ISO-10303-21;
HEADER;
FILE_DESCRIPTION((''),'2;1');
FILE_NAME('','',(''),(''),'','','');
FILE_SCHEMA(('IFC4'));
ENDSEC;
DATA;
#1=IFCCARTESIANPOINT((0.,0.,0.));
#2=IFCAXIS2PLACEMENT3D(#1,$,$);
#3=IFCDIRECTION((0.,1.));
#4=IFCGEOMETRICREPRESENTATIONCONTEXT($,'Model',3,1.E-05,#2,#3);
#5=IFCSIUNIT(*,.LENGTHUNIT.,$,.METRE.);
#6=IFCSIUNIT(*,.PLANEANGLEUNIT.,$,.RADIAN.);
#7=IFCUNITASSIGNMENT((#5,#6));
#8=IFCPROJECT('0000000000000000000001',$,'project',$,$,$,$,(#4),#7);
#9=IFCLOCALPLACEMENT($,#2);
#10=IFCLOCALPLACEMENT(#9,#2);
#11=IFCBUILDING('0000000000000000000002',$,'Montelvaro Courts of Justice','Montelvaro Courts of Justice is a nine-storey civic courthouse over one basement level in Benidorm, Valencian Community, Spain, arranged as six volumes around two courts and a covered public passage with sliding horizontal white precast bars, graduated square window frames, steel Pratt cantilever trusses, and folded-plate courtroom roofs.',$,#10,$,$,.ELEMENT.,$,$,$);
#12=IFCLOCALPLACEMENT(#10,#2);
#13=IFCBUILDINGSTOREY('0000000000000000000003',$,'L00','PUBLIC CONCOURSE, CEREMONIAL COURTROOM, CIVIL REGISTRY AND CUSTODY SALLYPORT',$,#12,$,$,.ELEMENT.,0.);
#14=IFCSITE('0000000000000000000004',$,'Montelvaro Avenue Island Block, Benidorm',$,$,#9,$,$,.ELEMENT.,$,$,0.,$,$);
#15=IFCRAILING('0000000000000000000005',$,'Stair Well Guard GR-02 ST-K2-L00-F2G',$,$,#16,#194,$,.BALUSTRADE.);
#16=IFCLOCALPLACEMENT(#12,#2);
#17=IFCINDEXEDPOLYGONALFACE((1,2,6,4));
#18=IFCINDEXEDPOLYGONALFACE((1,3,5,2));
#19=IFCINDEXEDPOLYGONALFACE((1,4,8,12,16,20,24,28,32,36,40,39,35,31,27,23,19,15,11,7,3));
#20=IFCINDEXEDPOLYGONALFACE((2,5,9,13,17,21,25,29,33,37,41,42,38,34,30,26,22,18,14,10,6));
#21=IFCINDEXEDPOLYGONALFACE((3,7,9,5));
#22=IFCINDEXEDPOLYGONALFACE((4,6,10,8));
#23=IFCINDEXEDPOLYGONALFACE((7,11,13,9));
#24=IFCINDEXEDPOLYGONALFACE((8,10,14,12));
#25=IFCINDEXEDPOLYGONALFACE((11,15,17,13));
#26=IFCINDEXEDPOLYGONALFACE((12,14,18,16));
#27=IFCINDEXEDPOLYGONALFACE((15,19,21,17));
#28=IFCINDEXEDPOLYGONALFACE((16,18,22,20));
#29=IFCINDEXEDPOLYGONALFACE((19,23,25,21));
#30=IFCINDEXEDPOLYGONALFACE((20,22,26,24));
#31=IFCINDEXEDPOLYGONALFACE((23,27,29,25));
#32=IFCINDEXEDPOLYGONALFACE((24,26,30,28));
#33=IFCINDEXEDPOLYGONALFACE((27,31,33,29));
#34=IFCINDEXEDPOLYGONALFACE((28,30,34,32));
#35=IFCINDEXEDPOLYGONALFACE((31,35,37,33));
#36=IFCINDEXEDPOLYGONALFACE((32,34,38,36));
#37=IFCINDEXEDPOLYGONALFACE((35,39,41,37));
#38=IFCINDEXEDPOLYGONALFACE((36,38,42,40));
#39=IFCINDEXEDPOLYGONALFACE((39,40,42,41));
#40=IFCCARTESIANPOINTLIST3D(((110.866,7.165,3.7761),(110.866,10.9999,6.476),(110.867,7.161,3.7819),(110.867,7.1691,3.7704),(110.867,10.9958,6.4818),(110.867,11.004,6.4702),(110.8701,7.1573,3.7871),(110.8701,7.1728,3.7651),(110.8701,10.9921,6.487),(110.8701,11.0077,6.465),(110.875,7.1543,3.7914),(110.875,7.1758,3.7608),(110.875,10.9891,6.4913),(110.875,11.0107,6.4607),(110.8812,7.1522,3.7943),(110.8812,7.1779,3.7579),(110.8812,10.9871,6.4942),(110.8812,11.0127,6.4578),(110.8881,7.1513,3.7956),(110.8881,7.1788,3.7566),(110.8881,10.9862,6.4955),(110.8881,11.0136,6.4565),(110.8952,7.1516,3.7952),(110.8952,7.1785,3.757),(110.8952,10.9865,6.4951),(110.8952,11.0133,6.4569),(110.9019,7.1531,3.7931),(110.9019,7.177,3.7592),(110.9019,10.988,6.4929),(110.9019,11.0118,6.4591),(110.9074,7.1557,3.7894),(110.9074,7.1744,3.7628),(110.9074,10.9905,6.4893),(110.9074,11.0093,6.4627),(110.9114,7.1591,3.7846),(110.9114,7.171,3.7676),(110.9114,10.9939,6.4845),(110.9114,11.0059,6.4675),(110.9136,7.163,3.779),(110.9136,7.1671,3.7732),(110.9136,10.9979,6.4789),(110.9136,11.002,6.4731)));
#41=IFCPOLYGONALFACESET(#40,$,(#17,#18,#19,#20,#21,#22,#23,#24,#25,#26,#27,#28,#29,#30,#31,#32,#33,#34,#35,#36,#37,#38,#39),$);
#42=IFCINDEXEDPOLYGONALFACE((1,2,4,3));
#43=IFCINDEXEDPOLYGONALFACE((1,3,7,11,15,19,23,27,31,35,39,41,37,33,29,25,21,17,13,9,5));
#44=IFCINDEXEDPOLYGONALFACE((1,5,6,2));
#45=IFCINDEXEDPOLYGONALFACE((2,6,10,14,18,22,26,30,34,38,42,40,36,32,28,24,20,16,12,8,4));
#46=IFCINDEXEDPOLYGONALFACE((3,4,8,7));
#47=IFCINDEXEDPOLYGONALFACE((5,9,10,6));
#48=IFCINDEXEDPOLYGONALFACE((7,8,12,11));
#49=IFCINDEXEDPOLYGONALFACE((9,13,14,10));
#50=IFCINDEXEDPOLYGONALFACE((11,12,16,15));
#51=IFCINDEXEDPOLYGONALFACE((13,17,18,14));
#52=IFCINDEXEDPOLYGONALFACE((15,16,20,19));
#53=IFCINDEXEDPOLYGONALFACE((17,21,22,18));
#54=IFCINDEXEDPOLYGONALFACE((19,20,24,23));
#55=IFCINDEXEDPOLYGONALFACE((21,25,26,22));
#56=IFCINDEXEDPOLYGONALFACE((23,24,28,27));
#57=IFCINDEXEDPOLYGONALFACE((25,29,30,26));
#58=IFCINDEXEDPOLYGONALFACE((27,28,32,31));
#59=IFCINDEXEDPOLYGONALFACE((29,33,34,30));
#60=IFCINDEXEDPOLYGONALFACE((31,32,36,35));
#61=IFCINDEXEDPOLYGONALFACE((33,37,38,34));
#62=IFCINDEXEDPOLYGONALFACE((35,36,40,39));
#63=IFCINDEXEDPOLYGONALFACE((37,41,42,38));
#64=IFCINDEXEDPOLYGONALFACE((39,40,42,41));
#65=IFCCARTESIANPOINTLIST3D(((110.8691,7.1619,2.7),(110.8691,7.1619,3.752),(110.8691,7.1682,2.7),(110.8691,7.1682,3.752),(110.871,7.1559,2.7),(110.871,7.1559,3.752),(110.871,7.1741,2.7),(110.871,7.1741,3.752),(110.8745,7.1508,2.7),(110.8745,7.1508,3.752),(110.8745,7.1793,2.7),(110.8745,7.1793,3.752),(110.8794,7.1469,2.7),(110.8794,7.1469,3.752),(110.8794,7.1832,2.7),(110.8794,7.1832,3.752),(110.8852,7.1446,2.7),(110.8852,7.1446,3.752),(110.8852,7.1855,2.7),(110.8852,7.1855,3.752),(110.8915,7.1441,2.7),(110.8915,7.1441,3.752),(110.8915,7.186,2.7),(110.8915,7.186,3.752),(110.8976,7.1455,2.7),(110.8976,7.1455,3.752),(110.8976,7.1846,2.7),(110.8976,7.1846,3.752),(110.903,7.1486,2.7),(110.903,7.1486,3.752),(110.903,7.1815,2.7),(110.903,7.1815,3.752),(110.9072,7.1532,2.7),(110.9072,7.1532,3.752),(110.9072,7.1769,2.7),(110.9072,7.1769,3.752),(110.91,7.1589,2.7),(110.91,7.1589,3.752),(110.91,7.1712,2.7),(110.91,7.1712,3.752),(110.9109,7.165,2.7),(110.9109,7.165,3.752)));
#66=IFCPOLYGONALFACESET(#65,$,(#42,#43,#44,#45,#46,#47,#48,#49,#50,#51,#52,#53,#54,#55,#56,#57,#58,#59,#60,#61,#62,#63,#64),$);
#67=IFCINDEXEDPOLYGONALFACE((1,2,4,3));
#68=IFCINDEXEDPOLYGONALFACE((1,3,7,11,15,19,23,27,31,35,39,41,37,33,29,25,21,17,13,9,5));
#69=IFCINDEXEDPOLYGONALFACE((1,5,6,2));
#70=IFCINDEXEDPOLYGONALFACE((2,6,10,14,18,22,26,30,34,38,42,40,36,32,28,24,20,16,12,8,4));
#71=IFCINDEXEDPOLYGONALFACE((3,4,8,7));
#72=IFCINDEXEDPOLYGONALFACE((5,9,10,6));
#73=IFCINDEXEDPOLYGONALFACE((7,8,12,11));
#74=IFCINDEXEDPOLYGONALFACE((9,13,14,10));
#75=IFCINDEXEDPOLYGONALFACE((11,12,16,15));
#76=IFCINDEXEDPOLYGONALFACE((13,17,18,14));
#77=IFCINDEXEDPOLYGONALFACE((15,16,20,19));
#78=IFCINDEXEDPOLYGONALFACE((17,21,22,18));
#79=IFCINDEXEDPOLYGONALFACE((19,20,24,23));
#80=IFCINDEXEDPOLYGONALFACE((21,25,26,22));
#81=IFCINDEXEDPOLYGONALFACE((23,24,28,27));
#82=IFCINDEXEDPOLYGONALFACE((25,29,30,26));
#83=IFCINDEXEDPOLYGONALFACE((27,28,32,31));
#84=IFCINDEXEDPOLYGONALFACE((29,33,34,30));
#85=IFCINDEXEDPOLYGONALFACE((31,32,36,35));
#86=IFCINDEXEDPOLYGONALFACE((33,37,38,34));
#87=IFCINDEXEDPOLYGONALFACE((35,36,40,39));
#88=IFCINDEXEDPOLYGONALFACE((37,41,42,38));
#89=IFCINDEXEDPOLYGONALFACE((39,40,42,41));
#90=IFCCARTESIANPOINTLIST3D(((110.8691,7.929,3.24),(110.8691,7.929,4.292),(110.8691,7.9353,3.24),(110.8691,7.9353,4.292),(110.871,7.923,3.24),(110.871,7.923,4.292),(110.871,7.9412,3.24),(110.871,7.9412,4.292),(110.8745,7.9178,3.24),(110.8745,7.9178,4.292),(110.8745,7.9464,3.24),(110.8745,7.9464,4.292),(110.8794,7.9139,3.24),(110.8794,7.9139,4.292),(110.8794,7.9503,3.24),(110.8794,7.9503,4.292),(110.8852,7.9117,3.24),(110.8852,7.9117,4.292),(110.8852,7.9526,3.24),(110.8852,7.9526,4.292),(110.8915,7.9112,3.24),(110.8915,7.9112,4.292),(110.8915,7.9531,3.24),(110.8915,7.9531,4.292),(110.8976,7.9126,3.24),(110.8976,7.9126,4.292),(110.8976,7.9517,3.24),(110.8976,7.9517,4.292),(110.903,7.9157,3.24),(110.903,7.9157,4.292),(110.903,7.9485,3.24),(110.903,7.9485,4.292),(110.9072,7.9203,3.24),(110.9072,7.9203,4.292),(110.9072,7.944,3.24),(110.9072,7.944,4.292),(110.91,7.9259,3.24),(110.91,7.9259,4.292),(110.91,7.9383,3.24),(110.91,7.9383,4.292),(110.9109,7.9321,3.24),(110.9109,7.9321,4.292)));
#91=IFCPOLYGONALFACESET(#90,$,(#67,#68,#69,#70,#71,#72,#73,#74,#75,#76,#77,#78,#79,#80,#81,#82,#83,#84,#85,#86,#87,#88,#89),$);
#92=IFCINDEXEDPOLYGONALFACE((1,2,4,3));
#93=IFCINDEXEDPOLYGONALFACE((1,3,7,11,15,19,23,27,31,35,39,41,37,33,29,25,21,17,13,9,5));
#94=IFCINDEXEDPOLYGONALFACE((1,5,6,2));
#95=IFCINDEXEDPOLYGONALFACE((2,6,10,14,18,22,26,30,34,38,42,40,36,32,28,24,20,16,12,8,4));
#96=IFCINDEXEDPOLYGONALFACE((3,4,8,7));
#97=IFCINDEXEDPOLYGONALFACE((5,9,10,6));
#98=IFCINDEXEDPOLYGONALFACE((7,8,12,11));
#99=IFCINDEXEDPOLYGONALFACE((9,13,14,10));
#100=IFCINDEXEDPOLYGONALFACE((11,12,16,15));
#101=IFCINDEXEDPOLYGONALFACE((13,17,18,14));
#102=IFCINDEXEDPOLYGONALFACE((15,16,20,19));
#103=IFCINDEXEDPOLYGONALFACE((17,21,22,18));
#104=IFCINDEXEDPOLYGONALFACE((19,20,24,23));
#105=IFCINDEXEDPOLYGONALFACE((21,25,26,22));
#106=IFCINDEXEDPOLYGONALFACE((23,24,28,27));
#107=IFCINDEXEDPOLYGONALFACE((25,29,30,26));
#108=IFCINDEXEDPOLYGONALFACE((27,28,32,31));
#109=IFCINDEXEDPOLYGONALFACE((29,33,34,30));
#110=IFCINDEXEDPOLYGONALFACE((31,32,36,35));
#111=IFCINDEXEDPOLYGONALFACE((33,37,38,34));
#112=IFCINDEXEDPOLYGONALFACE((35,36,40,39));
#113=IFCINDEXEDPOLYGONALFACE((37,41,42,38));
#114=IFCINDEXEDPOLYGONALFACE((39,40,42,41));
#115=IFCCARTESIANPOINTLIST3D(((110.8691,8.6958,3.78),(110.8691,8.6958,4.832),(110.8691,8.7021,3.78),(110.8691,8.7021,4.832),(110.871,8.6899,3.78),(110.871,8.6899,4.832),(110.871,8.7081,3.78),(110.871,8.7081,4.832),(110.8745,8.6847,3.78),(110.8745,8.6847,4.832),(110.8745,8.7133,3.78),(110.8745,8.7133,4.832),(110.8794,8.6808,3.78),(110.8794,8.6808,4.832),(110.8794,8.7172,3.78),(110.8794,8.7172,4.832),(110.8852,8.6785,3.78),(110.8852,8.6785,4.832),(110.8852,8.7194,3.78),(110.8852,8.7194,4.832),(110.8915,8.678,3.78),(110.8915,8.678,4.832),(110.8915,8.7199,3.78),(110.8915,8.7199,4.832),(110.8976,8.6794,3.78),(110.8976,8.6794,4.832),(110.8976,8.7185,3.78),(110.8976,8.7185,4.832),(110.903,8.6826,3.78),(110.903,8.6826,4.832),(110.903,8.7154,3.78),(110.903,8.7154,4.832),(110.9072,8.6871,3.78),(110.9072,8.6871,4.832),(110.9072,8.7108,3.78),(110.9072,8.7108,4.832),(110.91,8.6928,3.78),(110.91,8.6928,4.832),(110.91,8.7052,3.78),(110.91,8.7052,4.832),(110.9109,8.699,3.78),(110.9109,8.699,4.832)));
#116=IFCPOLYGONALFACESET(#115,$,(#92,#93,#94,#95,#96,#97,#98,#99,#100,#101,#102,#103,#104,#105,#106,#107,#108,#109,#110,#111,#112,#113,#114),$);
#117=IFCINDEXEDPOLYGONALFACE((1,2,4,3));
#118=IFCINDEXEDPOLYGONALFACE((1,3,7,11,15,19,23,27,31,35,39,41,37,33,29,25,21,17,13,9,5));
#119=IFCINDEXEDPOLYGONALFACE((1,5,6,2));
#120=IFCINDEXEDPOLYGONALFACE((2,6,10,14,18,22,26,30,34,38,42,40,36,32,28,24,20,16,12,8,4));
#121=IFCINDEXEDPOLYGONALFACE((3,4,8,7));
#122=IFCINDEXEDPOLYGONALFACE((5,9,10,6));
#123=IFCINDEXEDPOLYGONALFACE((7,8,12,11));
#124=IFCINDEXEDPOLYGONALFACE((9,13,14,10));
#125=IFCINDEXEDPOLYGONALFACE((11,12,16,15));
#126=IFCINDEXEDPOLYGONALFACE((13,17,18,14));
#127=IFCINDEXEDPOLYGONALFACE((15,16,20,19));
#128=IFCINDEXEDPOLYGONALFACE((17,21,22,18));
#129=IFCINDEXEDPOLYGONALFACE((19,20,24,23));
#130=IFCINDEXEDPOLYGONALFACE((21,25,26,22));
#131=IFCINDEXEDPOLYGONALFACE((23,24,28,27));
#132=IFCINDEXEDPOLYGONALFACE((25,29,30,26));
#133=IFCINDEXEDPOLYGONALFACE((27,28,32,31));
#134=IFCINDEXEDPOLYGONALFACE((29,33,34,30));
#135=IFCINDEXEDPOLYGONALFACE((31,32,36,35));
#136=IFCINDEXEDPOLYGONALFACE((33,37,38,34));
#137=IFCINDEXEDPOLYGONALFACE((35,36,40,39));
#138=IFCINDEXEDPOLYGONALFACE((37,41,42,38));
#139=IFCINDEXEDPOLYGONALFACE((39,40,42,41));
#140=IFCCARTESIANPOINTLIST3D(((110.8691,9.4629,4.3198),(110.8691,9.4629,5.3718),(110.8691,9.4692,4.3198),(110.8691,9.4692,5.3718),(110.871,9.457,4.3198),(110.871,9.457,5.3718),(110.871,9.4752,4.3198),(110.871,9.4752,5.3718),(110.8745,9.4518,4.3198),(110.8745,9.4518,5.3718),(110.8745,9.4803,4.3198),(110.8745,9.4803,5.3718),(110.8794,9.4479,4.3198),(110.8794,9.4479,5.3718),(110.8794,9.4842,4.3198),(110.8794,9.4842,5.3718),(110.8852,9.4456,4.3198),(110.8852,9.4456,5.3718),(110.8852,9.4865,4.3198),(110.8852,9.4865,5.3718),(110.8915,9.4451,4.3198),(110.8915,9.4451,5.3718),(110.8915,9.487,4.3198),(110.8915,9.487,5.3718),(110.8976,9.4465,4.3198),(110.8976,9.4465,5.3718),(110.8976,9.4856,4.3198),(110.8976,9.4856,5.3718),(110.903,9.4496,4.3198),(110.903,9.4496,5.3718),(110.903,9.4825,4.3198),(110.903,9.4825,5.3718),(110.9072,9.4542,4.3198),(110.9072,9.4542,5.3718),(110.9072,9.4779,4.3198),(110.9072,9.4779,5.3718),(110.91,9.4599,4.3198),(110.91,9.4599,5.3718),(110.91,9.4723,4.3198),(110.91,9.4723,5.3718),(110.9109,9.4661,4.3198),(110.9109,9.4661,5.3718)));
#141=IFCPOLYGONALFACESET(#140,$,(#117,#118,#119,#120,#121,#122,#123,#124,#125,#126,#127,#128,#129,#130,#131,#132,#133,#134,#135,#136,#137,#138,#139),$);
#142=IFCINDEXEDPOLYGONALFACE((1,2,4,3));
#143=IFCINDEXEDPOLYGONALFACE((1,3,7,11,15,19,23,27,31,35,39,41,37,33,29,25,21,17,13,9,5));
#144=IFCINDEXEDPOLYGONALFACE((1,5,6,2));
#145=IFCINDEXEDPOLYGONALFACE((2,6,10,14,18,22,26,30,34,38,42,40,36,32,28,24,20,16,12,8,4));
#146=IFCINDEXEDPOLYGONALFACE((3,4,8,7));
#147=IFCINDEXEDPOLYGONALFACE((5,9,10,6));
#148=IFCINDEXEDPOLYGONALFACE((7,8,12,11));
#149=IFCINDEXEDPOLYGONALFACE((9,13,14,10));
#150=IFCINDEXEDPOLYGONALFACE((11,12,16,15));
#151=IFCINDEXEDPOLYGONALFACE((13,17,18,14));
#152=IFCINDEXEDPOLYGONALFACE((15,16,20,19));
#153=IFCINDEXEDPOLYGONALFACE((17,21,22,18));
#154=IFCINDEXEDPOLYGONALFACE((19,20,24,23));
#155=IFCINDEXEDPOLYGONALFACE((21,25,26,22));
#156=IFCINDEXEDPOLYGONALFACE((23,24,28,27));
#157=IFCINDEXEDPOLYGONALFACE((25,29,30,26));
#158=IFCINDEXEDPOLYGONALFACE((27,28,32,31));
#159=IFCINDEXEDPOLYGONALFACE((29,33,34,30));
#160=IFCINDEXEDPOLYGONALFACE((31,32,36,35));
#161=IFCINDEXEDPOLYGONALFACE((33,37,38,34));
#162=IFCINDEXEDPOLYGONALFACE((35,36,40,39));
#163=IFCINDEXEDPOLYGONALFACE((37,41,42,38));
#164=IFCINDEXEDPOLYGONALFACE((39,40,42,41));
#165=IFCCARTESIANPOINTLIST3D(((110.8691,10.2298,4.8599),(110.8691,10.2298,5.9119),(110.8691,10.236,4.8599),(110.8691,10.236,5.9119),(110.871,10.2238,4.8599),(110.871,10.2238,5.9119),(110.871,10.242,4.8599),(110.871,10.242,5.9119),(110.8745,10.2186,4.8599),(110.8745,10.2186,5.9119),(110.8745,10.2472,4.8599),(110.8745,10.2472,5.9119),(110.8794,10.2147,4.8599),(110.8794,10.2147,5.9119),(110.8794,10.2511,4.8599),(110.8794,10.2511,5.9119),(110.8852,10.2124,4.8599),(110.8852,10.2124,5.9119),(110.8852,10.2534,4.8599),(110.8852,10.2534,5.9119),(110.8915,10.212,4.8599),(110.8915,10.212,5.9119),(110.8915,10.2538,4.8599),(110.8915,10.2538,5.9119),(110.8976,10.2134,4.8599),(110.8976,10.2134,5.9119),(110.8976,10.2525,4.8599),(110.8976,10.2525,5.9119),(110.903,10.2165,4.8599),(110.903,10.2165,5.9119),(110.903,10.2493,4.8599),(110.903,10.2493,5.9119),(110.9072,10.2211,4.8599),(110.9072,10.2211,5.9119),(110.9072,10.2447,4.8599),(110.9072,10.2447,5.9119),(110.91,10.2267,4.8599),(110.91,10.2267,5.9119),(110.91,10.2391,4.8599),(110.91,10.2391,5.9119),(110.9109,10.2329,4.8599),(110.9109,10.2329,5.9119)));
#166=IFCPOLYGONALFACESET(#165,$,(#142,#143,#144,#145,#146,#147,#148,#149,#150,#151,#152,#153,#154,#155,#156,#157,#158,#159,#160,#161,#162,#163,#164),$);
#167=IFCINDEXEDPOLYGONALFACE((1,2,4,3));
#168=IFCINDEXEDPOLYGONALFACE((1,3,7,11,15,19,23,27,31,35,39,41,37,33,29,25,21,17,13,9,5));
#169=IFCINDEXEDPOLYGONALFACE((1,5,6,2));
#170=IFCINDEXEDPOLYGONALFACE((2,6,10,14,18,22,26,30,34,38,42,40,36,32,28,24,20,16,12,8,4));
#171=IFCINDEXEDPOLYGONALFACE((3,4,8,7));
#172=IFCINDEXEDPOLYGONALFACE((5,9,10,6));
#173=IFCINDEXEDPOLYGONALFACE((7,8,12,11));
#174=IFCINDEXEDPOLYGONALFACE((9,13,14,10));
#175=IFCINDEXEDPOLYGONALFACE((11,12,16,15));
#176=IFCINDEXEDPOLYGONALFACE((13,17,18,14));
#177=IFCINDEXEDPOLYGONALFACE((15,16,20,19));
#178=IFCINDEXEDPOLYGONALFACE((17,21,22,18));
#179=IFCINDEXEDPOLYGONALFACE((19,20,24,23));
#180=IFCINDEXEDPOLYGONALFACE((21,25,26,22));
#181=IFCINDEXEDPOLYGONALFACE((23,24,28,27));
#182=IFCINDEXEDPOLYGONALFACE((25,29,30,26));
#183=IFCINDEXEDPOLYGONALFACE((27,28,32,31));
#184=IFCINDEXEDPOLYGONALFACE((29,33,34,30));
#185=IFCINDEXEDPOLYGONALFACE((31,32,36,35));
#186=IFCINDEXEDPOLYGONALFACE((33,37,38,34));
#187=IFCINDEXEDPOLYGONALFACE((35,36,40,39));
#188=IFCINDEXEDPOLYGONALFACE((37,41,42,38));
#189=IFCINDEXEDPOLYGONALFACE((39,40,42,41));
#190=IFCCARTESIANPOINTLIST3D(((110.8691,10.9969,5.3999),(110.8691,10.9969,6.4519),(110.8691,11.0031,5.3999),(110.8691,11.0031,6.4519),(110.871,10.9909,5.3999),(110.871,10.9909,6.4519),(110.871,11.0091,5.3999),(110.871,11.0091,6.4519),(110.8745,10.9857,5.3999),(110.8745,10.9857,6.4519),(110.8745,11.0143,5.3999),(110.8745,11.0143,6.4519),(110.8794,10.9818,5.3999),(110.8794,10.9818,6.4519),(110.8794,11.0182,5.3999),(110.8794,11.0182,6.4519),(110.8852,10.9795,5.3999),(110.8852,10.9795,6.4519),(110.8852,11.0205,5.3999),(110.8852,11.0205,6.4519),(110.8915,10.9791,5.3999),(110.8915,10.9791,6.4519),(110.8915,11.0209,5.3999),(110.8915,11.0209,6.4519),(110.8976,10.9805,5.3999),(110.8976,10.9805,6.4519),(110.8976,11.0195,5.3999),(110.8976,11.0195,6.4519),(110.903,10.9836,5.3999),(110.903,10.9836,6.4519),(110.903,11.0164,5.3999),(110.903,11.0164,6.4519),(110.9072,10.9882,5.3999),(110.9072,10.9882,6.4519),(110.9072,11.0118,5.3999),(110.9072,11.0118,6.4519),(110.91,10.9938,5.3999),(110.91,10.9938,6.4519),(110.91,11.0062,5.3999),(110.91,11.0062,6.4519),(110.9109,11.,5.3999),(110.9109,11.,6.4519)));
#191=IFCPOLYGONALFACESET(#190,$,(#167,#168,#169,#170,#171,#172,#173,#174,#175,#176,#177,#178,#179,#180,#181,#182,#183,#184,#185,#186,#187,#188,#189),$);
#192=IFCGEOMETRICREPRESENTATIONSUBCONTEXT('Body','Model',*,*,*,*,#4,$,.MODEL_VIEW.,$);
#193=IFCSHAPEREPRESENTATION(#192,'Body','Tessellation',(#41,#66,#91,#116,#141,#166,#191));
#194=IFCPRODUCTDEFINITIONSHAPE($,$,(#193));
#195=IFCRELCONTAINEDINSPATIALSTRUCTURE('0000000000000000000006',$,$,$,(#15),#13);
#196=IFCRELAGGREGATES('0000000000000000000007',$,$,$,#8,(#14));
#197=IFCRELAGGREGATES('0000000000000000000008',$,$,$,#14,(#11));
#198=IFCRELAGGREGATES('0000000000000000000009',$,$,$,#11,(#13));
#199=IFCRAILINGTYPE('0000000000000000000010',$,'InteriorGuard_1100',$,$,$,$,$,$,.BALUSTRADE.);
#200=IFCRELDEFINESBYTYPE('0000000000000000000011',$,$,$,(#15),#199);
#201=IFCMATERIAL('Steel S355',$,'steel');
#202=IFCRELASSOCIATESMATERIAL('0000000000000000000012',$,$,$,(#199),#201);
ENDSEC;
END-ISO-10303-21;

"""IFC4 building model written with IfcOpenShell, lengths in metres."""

from ifc_helpers import new_model, si_unit, direction, frame, origin, origin_2d, place, context, subcontext, project, spatial, circle, extrude, material, type_object, element, save


model = new_model("IFC4")

# Units and contexts
model_context = context("Model", 3, precision=1e-05, world=origin(), true_north=direction((0.0, 1.0)))
body_context = subcontext(model_context, "Body", "Model", "MODEL_VIEW")
ifc_project = project(units=[si_unit("LENGTHUNIT", "METRE"), si_unit("PLANEANGLEUNIT", "RADIAN")], contexts=[model_context])

# Site, building, storey
site_placement = place(None, origin())
site = spatial("IfcSite", under=ifc_project, at=site_placement, Name="Montelvaro Avenue Island Block, Benidorm", CompositionType="ELEMENT", RefElevation=0.0)
building_placement = place(site_placement, origin())
building = spatial("IfcBuilding", under=site, at=building_placement, Name="Montelvaro Courts of Justice", Description="Montelvaro Courts of Justice is a nine-storey civic courthouse over one basement level in Benidorm, Valencian Community, Spain, arranged as six volumes around two courts and a covered public passage with sliding horizontal white precast bars, graduated square window frames, steel Pratt cantilever trusses, and folded-plate courtroom roofs.", CompositionType="ELEMENT")
storey_placement = place(building_placement, origin())
storey = spatial("IfcBuildingStorey", under=building, at=storey_placement, Name="L00", Description="PUBLIC CONCOURSE, CEREMONIAL COURTROOM, CIVIL REGISTRY AND CUSTODY SALLYPORT", CompositionType="ELEMENT", Elevation=0.0)

# Shared definitions
ifc_material_1 = material(Name="Steel S355", Category="steel")

# Railing
railing_type_1 = type_object("IfcRailingType", Name="InteriorGuard_1100", PredefinedType="BALUSTRADE", material=ifc_material_1)
railing_1_placement = place(storey_placement, frame((110.8899, 7.165, 2.7)))
element("IfcRailing", 1, at=railing_1_placement, inside=storey, type_object=railing_type_1, Name="Stair Well Guard GR-02 ST-K2-L00-F2G", PredefinedType="BALUSTRADE", context=body_context, shape_type="SweptSolid", body=[
    extrude(circle(Radius=0.0239, at=origin_2d()), frame((0.0, 0.0, 1.0762), z_axis=(0.0, 0.817678, 0.575675), x_axis=(-1.0, 0.0, 0.0)), (0.0, 0.0, 1.0), 4.6899),
    extrude(circle(Radius=0.021, at=origin_2d()), origin(), (0.0, 0.0, 1.0), 1.052),
    extrude(circle(Radius=0.021, at=origin_2d()), frame((0.0, 0.7671, 0.54)), (0.0, 0.0, 1.0), 1.052),
    extrude(circle(Radius=0.021, at=origin_2d()), frame((0.0, 1.5339, 1.0801)), (0.0, 0.0, 1.0), 1.052),
    extrude(circle(Radius=0.021, at=origin_2d()), frame((0.0, 2.301, 1.6199)), (0.0, 0.0, 1.0), 1.052),
    extrude(circle(Radius=0.021, at=origin_2d()), frame((0.0, 3.0679, 2.1599)), (0.0, 0.0, 1.0), 1.052),
    extrude(circle(Radius=0.021, at=origin_2d()), frame((0.0, 3.835, 2.7)), (0.0, 0.0, 1.0), 1.052),
])

save(model, "model.ifc")
